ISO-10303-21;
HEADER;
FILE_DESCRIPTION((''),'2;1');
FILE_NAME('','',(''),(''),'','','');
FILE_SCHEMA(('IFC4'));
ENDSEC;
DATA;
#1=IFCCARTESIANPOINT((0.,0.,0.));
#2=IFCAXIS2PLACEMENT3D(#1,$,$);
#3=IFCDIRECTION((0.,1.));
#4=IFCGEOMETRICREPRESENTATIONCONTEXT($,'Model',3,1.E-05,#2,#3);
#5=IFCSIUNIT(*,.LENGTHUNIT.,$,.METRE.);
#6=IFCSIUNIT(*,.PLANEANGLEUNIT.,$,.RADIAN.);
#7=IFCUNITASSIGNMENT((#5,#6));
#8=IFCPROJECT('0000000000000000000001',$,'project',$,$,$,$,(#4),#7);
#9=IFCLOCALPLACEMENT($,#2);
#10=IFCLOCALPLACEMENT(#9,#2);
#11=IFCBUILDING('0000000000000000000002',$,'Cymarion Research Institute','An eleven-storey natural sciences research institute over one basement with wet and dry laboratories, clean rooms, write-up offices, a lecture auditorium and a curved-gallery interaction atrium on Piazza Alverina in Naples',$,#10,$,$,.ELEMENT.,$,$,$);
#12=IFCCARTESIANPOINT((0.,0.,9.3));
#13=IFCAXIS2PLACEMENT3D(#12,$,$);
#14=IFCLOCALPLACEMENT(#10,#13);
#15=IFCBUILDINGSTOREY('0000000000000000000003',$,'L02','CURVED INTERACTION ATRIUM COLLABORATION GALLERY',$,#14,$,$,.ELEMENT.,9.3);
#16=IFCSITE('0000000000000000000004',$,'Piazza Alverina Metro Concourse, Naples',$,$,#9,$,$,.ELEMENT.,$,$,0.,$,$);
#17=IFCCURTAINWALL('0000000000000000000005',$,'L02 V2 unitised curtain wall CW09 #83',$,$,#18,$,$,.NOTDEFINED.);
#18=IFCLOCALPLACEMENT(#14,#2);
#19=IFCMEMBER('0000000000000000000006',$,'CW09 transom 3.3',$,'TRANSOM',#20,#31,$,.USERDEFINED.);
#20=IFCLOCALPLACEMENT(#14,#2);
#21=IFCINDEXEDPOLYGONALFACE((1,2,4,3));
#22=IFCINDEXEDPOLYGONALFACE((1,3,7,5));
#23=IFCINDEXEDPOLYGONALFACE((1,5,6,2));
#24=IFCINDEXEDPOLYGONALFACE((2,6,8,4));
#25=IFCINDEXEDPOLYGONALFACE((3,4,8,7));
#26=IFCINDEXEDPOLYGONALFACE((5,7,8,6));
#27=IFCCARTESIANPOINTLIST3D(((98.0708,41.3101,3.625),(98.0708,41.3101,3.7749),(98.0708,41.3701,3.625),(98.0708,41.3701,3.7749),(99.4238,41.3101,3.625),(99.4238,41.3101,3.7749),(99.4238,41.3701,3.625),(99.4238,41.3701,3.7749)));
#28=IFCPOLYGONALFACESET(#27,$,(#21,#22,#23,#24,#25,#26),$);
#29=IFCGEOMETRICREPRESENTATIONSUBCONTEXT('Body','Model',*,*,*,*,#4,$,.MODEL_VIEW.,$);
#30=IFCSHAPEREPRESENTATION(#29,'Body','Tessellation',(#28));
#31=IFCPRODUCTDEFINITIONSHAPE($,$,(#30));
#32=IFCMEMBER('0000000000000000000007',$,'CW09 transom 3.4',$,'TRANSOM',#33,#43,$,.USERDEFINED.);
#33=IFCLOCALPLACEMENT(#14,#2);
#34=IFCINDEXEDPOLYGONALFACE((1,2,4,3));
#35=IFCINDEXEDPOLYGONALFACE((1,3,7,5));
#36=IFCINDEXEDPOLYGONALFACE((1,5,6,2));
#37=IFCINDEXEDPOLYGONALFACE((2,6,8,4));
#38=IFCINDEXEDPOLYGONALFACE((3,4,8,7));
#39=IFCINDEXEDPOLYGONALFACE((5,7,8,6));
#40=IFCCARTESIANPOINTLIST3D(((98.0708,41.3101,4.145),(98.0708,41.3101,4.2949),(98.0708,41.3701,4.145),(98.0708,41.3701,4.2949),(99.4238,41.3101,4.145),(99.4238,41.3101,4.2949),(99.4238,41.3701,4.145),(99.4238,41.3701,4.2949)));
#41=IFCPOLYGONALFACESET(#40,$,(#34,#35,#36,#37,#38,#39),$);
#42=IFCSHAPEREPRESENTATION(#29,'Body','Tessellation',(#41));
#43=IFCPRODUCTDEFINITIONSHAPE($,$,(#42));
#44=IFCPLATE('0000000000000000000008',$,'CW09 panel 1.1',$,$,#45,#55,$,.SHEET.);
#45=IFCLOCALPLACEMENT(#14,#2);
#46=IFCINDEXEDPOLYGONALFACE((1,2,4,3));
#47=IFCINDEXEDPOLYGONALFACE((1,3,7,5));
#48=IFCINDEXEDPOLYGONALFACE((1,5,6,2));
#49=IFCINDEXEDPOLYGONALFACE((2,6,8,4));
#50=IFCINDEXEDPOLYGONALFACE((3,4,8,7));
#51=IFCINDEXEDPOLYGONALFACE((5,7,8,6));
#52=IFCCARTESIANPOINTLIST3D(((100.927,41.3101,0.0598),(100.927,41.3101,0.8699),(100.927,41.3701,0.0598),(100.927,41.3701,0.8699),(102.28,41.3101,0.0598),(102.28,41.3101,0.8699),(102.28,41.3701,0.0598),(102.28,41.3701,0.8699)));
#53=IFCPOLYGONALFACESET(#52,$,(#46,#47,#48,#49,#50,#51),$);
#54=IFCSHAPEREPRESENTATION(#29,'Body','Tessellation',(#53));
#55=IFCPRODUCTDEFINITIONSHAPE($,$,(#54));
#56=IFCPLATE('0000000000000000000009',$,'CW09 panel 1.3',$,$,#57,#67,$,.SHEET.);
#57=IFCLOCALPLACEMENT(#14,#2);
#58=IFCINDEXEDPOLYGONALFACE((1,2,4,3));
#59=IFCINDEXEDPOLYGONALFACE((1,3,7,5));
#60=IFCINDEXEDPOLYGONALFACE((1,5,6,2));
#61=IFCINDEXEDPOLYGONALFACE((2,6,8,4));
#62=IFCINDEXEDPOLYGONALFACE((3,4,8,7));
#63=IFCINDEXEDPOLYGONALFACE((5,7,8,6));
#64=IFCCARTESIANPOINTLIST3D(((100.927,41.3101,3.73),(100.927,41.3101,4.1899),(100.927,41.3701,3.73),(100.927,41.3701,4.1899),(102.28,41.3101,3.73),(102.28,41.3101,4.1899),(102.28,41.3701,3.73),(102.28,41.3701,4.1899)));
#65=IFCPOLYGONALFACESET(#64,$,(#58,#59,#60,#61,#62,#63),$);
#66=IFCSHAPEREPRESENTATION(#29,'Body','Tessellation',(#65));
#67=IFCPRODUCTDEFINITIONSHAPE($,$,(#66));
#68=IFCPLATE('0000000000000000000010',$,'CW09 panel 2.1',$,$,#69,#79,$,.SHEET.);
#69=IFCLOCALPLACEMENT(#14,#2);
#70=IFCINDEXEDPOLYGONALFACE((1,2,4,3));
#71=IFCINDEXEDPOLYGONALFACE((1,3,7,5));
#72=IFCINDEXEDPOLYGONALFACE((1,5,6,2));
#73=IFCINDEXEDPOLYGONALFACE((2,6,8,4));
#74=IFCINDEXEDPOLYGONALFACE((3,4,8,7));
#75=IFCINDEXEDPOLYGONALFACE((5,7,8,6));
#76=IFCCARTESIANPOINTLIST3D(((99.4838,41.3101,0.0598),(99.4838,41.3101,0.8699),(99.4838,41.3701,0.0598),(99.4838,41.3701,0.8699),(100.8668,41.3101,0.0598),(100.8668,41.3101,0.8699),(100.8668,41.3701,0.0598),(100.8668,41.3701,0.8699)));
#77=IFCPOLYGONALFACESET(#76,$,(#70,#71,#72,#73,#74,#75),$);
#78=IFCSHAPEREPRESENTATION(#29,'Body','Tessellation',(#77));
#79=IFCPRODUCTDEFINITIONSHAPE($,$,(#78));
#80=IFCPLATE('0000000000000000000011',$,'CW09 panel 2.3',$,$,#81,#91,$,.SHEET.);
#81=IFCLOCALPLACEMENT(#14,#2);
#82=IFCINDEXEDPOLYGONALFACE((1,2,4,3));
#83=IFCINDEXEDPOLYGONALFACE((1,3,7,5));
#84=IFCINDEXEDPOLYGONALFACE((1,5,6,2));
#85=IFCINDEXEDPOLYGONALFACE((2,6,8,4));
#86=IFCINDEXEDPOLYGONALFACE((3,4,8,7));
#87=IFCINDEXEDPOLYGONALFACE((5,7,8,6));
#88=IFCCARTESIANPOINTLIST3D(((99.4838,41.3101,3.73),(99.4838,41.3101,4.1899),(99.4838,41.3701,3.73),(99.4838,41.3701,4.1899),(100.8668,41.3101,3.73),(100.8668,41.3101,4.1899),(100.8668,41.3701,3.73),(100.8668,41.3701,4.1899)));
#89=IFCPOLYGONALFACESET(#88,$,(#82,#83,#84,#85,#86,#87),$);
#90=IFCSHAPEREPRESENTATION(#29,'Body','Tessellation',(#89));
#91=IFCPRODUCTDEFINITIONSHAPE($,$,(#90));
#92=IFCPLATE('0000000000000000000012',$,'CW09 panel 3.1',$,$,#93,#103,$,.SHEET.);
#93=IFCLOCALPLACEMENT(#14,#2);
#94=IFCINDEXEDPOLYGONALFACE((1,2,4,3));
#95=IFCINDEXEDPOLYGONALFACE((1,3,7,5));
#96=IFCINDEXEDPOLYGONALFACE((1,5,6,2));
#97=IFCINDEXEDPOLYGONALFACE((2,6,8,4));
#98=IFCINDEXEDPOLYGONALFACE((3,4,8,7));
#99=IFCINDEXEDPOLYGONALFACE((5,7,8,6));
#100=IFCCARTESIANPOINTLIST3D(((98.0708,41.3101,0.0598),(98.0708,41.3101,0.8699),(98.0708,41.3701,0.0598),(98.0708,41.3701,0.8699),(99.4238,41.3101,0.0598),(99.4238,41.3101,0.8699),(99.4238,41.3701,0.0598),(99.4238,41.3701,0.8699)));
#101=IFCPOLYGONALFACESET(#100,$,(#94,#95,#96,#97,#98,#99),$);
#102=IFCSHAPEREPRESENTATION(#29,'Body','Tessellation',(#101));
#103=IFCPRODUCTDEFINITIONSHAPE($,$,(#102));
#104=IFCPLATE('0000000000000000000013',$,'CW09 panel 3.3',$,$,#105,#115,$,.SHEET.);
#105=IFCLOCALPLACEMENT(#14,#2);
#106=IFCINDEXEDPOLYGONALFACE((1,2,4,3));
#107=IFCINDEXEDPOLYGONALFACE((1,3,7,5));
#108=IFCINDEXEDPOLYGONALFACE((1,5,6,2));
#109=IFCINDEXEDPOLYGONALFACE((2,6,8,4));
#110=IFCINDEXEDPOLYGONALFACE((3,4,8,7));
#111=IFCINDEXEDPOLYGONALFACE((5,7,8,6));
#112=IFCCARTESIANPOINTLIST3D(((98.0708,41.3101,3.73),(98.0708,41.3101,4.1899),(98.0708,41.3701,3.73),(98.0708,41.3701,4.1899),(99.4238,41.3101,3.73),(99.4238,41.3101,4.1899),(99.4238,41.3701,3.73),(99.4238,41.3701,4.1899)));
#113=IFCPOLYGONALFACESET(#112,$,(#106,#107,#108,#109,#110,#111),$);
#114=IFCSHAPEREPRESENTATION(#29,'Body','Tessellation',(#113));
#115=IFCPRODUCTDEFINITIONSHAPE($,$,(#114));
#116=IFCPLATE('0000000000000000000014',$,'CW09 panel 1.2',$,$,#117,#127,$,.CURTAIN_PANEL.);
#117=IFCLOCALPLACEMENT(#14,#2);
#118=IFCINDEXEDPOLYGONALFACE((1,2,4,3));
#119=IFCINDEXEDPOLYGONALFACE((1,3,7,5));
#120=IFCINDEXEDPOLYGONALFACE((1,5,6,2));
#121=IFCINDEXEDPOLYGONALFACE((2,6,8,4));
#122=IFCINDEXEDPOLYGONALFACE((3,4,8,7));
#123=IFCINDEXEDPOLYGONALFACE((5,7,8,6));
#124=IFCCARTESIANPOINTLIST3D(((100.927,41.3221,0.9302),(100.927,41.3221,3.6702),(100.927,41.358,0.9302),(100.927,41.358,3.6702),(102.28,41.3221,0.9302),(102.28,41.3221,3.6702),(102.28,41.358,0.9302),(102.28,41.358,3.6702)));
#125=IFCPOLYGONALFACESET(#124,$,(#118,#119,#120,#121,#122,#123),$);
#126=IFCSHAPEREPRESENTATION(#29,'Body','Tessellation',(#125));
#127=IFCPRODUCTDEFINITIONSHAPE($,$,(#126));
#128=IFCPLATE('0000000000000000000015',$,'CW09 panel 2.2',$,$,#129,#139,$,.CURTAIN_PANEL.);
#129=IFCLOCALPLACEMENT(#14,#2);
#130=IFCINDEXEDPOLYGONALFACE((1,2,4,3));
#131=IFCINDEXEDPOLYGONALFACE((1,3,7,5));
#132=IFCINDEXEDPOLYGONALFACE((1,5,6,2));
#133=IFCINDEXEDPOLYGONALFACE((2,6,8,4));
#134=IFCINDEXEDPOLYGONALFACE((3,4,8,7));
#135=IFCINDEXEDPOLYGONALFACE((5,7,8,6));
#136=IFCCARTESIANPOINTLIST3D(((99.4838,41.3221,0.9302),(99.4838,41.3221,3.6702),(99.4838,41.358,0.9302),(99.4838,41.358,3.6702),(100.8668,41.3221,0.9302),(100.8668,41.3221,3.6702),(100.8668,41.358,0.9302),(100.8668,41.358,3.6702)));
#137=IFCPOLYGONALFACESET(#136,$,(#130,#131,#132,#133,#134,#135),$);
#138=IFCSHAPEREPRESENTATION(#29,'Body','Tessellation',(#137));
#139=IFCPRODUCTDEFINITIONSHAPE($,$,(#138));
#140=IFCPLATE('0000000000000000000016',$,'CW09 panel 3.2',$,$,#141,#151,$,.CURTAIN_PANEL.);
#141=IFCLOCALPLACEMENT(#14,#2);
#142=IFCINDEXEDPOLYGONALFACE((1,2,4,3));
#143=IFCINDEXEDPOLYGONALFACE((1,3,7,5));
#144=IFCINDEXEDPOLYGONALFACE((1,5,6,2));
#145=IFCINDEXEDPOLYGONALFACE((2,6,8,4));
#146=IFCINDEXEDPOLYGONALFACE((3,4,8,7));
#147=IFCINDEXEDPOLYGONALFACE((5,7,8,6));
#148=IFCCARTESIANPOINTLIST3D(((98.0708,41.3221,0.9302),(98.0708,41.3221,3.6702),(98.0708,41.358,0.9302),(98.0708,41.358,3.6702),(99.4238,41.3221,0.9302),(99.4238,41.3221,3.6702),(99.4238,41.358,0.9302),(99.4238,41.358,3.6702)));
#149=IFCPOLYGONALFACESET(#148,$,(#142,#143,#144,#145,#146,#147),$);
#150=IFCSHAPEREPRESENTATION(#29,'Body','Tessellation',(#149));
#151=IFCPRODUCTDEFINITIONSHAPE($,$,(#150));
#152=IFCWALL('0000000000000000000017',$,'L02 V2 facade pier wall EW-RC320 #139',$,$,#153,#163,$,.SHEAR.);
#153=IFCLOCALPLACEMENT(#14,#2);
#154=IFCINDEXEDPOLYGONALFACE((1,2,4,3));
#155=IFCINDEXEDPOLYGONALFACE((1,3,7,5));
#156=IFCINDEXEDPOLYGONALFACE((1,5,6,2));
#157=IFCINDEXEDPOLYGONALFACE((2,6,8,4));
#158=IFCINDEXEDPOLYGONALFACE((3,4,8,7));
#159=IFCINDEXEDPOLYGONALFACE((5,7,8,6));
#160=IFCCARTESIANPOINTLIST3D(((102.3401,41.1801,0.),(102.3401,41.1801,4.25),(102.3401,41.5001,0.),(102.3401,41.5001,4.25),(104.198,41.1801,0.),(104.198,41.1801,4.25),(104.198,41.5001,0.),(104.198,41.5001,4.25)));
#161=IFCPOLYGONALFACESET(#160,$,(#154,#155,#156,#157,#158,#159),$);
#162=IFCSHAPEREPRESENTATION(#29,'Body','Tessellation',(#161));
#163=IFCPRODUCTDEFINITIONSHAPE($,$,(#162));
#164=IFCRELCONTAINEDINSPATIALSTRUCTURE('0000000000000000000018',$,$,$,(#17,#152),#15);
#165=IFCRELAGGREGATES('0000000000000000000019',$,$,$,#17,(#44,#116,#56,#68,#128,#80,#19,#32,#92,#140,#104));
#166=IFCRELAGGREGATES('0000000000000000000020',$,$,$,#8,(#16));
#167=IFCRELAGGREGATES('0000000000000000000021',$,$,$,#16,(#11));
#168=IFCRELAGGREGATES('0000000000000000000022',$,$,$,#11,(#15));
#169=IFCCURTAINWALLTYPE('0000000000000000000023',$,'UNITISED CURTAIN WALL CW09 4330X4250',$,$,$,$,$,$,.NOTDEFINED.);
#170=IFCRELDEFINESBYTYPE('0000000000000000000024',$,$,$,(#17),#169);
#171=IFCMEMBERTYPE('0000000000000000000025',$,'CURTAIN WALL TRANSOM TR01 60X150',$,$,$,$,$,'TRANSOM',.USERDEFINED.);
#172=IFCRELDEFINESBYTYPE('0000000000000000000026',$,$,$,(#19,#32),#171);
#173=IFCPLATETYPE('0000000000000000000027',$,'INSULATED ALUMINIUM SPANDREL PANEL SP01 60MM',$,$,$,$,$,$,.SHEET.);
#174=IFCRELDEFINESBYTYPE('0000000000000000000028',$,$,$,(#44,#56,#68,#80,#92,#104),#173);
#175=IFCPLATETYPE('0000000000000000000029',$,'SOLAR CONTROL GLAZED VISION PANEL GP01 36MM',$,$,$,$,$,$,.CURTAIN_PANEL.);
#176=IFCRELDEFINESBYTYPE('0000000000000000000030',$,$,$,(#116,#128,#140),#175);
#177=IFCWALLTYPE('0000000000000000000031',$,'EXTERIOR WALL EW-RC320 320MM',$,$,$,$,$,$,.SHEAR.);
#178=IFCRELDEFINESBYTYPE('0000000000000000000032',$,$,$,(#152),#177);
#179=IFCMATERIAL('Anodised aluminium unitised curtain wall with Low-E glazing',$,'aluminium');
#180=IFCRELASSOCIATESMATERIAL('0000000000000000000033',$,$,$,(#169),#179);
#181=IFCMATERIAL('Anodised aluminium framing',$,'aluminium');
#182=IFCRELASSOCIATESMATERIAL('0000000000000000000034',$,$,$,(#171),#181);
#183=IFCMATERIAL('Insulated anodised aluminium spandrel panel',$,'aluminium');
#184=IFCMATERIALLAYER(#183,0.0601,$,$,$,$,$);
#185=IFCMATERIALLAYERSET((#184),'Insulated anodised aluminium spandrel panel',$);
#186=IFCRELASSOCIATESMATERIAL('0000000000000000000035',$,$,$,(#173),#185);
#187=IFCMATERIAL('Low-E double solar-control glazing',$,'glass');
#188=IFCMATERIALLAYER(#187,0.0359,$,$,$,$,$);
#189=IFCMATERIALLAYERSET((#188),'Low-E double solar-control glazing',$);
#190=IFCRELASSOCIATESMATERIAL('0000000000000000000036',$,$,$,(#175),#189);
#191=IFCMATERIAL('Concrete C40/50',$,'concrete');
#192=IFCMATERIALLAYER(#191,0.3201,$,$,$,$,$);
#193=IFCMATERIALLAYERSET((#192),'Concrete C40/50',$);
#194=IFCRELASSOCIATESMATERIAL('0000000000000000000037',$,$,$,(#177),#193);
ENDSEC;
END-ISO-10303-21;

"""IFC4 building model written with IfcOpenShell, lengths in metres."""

from ifc_helpers import new_model, si_unit, direction, frame, frame_2d, origin, origin_2d, place, context, subcontext, project, spatial, rectangle, extrude, material, layer, layer_set, material_profile, profile_set, type_object, element, aggregate, save


model = new_model("IFC4")

# Units and contexts
model_context = context("Model", 3, precision=1e-05, world=origin(), true_north=direction((0.0, 1.0)))
body_context = subcontext(model_context, "Body", "Model", "MODEL_VIEW")
ifc_project = project(units=[si_unit("LENGTHUNIT", "METRE"), si_unit("PLANEANGLEUNIT", "RADIAN")], contexts=[model_context])

# Site, building, storey
site_placement = place(None, origin())
site = spatial("IfcSite", under=ifc_project, at=site_placement, Name="Piazza Alverina Metro Concourse, Naples", CompositionType="ELEMENT", RefElevation=0.0)
building_placement = place(site_placement, origin())
building = spatial("IfcBuilding", under=site, at=building_placement, Name="Cymarion Research Institute", Description="An eleven-storey natural sciences research institute over one basement with wet and dry laboratories, clean rooms, write-up offices, a lecture auditorium and a curved-gallery interaction atrium on Piazza Alverina in Naples", CompositionType="ELEMENT")
storey_placement = place(building_placement, frame((0.0, 0.0, 9.3)))
storey = spatial("IfcBuildingStorey", under=building, at=storey_placement, Name="L02", Description="CURVED INTERACTION ATRIUM COLLABORATION GALLERY", CompositionType="ELEMENT", Elevation=9.3)

# Curtain wall
ifc_material_1 = material(Name="Anodised aluminium unitised curtain wall with Low-E glazing", Category="aluminium")
curtain_wall_type_1 = type_object("IfcCurtainWallType", Name="UNITISED CURTAIN WALL CW09 4330X4250", PredefinedType="NOTDEFINED", material=ifc_material_1)
curtain_wall_1_placement = place(storey_placement, origin())
curtain_wall_1 = element("IfcCurtainWall", 1, at=curtain_wall_1_placement, inside=storey, type_object=curtain_wall_type_1, Name="L02 V2 unitised curtain wall CW09 #83", PredefinedType="NOTDEFINED")
ifc_material_2 = material(Name="Anodised aluminium framing", Category="aluminium")

# Members
ifc_material_profile_1 = material_profile(ifc_material_2, rectangle(XDim=0.0601, YDim=0.1499, at=origin_2d()), Name="ALU TRANSOM 60x150")
ifc_profile_set_1 = profile_set([ifc_material_profile_1], Name="Anodised aluminium framing")
member_type_1 = type_object("IfcMemberType", Name="CURTAIN WALL TRANSOM TR01 60X150", ElementType="TRANSOM", PredefinedType="USERDEFINED", material=ifc_profile_set_1)
member_1_placement = place(storey_placement, frame((99.4238, 41.3401, 3.7), z_axis=(-1.0, 0.0, 0.0), x_axis=(0.0, -1.0, 0.0)))
member_1 = element("IfcMember", 2, at=member_1_placement, type_object=member_type_1, Name="CW09 transom 3.3", ObjectType="TRANSOM", PredefinedType="USERDEFINED", context=body_context, shape_type="SweptSolid", body=[
    extrude(rectangle(XDim=0.0601, YDim=0.1499, at=origin_2d()), origin(), (0.0, 0.0, 1.0), 1.353),
])
member_2_placement = place(storey_placement, frame((99.4238, 41.3401, 4.22), z_axis=(-1.0, 0.0, 0.0), x_axis=(0.0, -1.0, 0.0)))
member_2 = element("IfcMember", 3, at=member_2_placement, type_object=member_type_1, Name="CW09 transom 3.4", ObjectType="TRANSOM", PredefinedType="USERDEFINED", context=body_context, shape_type="SweptSolid", body=[
    extrude(rectangle(XDim=0.0601, YDim=0.1499, at=origin_2d()), origin(), (0.0, 0.0, 1.0), 1.353),
])

# Plates
ifc_material_3 = material(Name="Insulated anodised aluminium spandrel panel", Category="aluminium")
ifc_layer_1 = layer(ifc_material_3, 0.0601)
ifc_layer_set_1 = layer_set([ifc_layer_1], Name="Insulated anodised aluminium spandrel panel")
plate_type_1 = type_object("IfcPlateType", Name="INSULATED ALUMINIUM SPANDREL PANEL SP01 60MM", PredefinedType="SHEET", material=ifc_layer_set_1)
plate_1_placement = place(storey_placement, frame((101.6035, 41.3401, 0.0598), z_axis=(0.0, 0.0, 1.0), x_axis=(-1.0, 0.0, 0.0)))
plate_1 = element("IfcPlate", 4, at=plate_1_placement, type_object=plate_type_1, Name="CW09 panel 1.1", PredefinedType="SHEET", context=body_context, shape_type="SweptSolid", body=[
    extrude(rectangle(XDim=1.353, YDim=0.0601, at=origin_2d()), origin(), (0.0, 0.0, 1.0), 0.8101),
])
plate_2_placement = place(storey_placement, frame((101.6035, 41.3401, 3.73), z_axis=(0.0, 0.0, 1.0), x_axis=(-1.0, 0.0, 0.0)))
plate_2 = element("IfcPlate", 5, at=plate_2_placement, type_object=plate_type_1, Name="CW09 panel 1.3", PredefinedType="SHEET", context=body_context, shape_type="SweptSolid", body=[
    extrude(rectangle(XDim=1.353, YDim=0.0601, at=origin_2d()), origin(), (0.0, 0.0, 1.0), 0.46),
])
plate_3_placement = place(storey_placement, frame((100.1753, 41.3401, 0.0598), z_axis=(0.0, 0.0, 1.0), x_axis=(-1.0, 0.0, 0.0)))
plate_3 = element("IfcPlate", 6, at=plate_3_placement, type_object=plate_type_1, Name="CW09 panel 2.1", PredefinedType="SHEET", context=body_context, shape_type="SweptSolid", body=[
    extrude(rectangle(XDim=1.3831, YDim=0.0601, at=origin_2d()), origin(), (0.0, 0.0, 1.0), 0.8101),
])
plate_4_placement = place(storey_placement, frame((100.1753, 41.3401, 3.73), z_axis=(0.0, 0.0, 1.0), x_axis=(-1.0, 0.0, 0.0)))
plate_4 = element("IfcPlate", 7, at=plate_4_placement, type_object=plate_type_1, Name="CW09 panel 2.3", PredefinedType="SHEET", context=body_context, shape_type="SweptSolid", body=[
    extrude(rectangle(XDim=1.3831, YDim=0.0601, at=origin_2d()), origin(), (0.0, 0.0, 1.0), 0.46),
])
plate_5_placement = place(storey_placement, frame((98.7473, 41.3401, 0.0598), z_axis=(0.0, 0.0, 1.0), x_axis=(-1.0, 0.0, 0.0)))
plate_5 = element("IfcPlate", 8, at=plate_5_placement, type_object=plate_type_1, Name="CW09 panel 3.1", PredefinedType="SHEET", context=body_context, shape_type="SweptSolid", body=[
    extrude(rectangle(XDim=1.353, YDim=0.0601, at=origin_2d()), origin(), (0.0, 0.0, 1.0), 0.8101),
])
plate_6_placement = place(storey_placement, frame((98.7473, 41.3401, 3.73), z_axis=(0.0, 0.0, 1.0), x_axis=(-1.0, 0.0, 0.0)))
plate_6 = element("IfcPlate", 9, at=plate_6_placement, type_object=plate_type_1, Name="CW09 panel 3.3", PredefinedType="SHEET", context=body_context, shape_type="SweptSolid", body=[
    extrude(rectangle(XDim=1.353, YDim=0.0601, at=origin_2d()), origin(), (0.0, 0.0, 1.0), 0.46),
])
ifc_material_4 = material(Name="Low-E double solar-control glazing", Category="glass")
ifc_layer_2 = layer(ifc_material_4, 0.0359)
ifc_layer_set_2 = layer_set([ifc_layer_2], Name="Low-E double solar-control glazing")
plate_type_2 = type_object("IfcPlateType", Name="SOLAR CONTROL GLAZED VISION PANEL GP01 36MM", PredefinedType="CURTAIN_PANEL", material=ifc_layer_set_2)
plate_7_placement = place(storey_placement, frame((101.6035, 41.3401, 0.9302), z_axis=(0.0, 0.0, 1.0), x_axis=(-1.0, 0.0, 0.0)))
plate_7 = element("IfcPlate", 10, at=plate_7_placement, type_object=plate_type_2, Name="CW09 panel 1.2", PredefinedType="CURTAIN_PANEL", context=body_context, shape_type="SweptSolid", body=[
    extrude(rectangle(XDim=1.353, YDim=0.0359, at=origin_2d()), origin(), (0.0, 0.0, 1.0), 2.74),
])
plate_8_placement = place(storey_placement, frame((100.1753, 41.3401, 0.9302), z_axis=(0.0, 0.0, 1.0), x_axis=(-1.0, 0.0, 0.0)))
plate_8 = element("IfcPlate", 11, at=plate_8_placement, type_object=plate_type_2, Name="CW09 panel 2.2", PredefinedType="CURTAIN_PANEL", context=body_context, shape_type="SweptSolid", body=[
    extrude(rectangle(XDim=1.3831, YDim=0.0359, at=origin_2d()), origin(), (0.0, 0.0, 1.0), 2.74),
])
plate_9_placement = place(storey_placement, frame((98.7473, 41.3401, 0.9302), z_axis=(0.0, 0.0, 1.0), x_axis=(-1.0, 0.0, 0.0)))
plate_9 = element("IfcPlate", 12, at=plate_9_placement, type_object=plate_type_2, Name="CW09 panel 3.2", PredefinedType="CURTAIN_PANEL", context=body_context, shape_type="SweptSolid", body=[
    extrude(rectangle(XDim=1.353, YDim=0.0359, at=origin_2d()), origin(), (0.0, 0.0, 1.0), 2.74),
])
aggregate(curtain_wall_1, [plate_1, plate_7, plate_2, plate_3, plate_8, plate_4, member_1, member_2, plate_5, plate_9, plate_6])

# Wall
ifc_material_5 = material(Name="Concrete C40/50", Category="concrete")
ifc_layer_3 = layer(ifc_material_5, 0.3201)
ifc_layer_set_3 = layer_set([ifc_layer_3], Name="Concrete C40/50")
wall_type = type_object("IfcWallType", Name="EXTERIOR WALL EW-RC320 320MM", PredefinedType="SHEAR", material=ifc_layer_set_3)
wall_1_placement = place(storey_placement, frame((104.198, 41.3401, 0.0), z_axis=(0.0, 0.0, 1.0), x_axis=(-1.0, 0.0, 0.0)))
element("IfcWall", 13, at=wall_1_placement, inside=storey, type_object=wall_type, Name="L02 V2 facade pier wall EW-RC320 #139", PredefinedType="SHEAR", context=body_context, shape_type="SweptSolid", body=[
    extrude(rectangle(XDim=1.8579, YDim=0.3201, at=frame_2d((0.929, 0.0))), origin(), (0.0, 0.0, 1.0), 4.25),
])

save(model, "model.ifc")
